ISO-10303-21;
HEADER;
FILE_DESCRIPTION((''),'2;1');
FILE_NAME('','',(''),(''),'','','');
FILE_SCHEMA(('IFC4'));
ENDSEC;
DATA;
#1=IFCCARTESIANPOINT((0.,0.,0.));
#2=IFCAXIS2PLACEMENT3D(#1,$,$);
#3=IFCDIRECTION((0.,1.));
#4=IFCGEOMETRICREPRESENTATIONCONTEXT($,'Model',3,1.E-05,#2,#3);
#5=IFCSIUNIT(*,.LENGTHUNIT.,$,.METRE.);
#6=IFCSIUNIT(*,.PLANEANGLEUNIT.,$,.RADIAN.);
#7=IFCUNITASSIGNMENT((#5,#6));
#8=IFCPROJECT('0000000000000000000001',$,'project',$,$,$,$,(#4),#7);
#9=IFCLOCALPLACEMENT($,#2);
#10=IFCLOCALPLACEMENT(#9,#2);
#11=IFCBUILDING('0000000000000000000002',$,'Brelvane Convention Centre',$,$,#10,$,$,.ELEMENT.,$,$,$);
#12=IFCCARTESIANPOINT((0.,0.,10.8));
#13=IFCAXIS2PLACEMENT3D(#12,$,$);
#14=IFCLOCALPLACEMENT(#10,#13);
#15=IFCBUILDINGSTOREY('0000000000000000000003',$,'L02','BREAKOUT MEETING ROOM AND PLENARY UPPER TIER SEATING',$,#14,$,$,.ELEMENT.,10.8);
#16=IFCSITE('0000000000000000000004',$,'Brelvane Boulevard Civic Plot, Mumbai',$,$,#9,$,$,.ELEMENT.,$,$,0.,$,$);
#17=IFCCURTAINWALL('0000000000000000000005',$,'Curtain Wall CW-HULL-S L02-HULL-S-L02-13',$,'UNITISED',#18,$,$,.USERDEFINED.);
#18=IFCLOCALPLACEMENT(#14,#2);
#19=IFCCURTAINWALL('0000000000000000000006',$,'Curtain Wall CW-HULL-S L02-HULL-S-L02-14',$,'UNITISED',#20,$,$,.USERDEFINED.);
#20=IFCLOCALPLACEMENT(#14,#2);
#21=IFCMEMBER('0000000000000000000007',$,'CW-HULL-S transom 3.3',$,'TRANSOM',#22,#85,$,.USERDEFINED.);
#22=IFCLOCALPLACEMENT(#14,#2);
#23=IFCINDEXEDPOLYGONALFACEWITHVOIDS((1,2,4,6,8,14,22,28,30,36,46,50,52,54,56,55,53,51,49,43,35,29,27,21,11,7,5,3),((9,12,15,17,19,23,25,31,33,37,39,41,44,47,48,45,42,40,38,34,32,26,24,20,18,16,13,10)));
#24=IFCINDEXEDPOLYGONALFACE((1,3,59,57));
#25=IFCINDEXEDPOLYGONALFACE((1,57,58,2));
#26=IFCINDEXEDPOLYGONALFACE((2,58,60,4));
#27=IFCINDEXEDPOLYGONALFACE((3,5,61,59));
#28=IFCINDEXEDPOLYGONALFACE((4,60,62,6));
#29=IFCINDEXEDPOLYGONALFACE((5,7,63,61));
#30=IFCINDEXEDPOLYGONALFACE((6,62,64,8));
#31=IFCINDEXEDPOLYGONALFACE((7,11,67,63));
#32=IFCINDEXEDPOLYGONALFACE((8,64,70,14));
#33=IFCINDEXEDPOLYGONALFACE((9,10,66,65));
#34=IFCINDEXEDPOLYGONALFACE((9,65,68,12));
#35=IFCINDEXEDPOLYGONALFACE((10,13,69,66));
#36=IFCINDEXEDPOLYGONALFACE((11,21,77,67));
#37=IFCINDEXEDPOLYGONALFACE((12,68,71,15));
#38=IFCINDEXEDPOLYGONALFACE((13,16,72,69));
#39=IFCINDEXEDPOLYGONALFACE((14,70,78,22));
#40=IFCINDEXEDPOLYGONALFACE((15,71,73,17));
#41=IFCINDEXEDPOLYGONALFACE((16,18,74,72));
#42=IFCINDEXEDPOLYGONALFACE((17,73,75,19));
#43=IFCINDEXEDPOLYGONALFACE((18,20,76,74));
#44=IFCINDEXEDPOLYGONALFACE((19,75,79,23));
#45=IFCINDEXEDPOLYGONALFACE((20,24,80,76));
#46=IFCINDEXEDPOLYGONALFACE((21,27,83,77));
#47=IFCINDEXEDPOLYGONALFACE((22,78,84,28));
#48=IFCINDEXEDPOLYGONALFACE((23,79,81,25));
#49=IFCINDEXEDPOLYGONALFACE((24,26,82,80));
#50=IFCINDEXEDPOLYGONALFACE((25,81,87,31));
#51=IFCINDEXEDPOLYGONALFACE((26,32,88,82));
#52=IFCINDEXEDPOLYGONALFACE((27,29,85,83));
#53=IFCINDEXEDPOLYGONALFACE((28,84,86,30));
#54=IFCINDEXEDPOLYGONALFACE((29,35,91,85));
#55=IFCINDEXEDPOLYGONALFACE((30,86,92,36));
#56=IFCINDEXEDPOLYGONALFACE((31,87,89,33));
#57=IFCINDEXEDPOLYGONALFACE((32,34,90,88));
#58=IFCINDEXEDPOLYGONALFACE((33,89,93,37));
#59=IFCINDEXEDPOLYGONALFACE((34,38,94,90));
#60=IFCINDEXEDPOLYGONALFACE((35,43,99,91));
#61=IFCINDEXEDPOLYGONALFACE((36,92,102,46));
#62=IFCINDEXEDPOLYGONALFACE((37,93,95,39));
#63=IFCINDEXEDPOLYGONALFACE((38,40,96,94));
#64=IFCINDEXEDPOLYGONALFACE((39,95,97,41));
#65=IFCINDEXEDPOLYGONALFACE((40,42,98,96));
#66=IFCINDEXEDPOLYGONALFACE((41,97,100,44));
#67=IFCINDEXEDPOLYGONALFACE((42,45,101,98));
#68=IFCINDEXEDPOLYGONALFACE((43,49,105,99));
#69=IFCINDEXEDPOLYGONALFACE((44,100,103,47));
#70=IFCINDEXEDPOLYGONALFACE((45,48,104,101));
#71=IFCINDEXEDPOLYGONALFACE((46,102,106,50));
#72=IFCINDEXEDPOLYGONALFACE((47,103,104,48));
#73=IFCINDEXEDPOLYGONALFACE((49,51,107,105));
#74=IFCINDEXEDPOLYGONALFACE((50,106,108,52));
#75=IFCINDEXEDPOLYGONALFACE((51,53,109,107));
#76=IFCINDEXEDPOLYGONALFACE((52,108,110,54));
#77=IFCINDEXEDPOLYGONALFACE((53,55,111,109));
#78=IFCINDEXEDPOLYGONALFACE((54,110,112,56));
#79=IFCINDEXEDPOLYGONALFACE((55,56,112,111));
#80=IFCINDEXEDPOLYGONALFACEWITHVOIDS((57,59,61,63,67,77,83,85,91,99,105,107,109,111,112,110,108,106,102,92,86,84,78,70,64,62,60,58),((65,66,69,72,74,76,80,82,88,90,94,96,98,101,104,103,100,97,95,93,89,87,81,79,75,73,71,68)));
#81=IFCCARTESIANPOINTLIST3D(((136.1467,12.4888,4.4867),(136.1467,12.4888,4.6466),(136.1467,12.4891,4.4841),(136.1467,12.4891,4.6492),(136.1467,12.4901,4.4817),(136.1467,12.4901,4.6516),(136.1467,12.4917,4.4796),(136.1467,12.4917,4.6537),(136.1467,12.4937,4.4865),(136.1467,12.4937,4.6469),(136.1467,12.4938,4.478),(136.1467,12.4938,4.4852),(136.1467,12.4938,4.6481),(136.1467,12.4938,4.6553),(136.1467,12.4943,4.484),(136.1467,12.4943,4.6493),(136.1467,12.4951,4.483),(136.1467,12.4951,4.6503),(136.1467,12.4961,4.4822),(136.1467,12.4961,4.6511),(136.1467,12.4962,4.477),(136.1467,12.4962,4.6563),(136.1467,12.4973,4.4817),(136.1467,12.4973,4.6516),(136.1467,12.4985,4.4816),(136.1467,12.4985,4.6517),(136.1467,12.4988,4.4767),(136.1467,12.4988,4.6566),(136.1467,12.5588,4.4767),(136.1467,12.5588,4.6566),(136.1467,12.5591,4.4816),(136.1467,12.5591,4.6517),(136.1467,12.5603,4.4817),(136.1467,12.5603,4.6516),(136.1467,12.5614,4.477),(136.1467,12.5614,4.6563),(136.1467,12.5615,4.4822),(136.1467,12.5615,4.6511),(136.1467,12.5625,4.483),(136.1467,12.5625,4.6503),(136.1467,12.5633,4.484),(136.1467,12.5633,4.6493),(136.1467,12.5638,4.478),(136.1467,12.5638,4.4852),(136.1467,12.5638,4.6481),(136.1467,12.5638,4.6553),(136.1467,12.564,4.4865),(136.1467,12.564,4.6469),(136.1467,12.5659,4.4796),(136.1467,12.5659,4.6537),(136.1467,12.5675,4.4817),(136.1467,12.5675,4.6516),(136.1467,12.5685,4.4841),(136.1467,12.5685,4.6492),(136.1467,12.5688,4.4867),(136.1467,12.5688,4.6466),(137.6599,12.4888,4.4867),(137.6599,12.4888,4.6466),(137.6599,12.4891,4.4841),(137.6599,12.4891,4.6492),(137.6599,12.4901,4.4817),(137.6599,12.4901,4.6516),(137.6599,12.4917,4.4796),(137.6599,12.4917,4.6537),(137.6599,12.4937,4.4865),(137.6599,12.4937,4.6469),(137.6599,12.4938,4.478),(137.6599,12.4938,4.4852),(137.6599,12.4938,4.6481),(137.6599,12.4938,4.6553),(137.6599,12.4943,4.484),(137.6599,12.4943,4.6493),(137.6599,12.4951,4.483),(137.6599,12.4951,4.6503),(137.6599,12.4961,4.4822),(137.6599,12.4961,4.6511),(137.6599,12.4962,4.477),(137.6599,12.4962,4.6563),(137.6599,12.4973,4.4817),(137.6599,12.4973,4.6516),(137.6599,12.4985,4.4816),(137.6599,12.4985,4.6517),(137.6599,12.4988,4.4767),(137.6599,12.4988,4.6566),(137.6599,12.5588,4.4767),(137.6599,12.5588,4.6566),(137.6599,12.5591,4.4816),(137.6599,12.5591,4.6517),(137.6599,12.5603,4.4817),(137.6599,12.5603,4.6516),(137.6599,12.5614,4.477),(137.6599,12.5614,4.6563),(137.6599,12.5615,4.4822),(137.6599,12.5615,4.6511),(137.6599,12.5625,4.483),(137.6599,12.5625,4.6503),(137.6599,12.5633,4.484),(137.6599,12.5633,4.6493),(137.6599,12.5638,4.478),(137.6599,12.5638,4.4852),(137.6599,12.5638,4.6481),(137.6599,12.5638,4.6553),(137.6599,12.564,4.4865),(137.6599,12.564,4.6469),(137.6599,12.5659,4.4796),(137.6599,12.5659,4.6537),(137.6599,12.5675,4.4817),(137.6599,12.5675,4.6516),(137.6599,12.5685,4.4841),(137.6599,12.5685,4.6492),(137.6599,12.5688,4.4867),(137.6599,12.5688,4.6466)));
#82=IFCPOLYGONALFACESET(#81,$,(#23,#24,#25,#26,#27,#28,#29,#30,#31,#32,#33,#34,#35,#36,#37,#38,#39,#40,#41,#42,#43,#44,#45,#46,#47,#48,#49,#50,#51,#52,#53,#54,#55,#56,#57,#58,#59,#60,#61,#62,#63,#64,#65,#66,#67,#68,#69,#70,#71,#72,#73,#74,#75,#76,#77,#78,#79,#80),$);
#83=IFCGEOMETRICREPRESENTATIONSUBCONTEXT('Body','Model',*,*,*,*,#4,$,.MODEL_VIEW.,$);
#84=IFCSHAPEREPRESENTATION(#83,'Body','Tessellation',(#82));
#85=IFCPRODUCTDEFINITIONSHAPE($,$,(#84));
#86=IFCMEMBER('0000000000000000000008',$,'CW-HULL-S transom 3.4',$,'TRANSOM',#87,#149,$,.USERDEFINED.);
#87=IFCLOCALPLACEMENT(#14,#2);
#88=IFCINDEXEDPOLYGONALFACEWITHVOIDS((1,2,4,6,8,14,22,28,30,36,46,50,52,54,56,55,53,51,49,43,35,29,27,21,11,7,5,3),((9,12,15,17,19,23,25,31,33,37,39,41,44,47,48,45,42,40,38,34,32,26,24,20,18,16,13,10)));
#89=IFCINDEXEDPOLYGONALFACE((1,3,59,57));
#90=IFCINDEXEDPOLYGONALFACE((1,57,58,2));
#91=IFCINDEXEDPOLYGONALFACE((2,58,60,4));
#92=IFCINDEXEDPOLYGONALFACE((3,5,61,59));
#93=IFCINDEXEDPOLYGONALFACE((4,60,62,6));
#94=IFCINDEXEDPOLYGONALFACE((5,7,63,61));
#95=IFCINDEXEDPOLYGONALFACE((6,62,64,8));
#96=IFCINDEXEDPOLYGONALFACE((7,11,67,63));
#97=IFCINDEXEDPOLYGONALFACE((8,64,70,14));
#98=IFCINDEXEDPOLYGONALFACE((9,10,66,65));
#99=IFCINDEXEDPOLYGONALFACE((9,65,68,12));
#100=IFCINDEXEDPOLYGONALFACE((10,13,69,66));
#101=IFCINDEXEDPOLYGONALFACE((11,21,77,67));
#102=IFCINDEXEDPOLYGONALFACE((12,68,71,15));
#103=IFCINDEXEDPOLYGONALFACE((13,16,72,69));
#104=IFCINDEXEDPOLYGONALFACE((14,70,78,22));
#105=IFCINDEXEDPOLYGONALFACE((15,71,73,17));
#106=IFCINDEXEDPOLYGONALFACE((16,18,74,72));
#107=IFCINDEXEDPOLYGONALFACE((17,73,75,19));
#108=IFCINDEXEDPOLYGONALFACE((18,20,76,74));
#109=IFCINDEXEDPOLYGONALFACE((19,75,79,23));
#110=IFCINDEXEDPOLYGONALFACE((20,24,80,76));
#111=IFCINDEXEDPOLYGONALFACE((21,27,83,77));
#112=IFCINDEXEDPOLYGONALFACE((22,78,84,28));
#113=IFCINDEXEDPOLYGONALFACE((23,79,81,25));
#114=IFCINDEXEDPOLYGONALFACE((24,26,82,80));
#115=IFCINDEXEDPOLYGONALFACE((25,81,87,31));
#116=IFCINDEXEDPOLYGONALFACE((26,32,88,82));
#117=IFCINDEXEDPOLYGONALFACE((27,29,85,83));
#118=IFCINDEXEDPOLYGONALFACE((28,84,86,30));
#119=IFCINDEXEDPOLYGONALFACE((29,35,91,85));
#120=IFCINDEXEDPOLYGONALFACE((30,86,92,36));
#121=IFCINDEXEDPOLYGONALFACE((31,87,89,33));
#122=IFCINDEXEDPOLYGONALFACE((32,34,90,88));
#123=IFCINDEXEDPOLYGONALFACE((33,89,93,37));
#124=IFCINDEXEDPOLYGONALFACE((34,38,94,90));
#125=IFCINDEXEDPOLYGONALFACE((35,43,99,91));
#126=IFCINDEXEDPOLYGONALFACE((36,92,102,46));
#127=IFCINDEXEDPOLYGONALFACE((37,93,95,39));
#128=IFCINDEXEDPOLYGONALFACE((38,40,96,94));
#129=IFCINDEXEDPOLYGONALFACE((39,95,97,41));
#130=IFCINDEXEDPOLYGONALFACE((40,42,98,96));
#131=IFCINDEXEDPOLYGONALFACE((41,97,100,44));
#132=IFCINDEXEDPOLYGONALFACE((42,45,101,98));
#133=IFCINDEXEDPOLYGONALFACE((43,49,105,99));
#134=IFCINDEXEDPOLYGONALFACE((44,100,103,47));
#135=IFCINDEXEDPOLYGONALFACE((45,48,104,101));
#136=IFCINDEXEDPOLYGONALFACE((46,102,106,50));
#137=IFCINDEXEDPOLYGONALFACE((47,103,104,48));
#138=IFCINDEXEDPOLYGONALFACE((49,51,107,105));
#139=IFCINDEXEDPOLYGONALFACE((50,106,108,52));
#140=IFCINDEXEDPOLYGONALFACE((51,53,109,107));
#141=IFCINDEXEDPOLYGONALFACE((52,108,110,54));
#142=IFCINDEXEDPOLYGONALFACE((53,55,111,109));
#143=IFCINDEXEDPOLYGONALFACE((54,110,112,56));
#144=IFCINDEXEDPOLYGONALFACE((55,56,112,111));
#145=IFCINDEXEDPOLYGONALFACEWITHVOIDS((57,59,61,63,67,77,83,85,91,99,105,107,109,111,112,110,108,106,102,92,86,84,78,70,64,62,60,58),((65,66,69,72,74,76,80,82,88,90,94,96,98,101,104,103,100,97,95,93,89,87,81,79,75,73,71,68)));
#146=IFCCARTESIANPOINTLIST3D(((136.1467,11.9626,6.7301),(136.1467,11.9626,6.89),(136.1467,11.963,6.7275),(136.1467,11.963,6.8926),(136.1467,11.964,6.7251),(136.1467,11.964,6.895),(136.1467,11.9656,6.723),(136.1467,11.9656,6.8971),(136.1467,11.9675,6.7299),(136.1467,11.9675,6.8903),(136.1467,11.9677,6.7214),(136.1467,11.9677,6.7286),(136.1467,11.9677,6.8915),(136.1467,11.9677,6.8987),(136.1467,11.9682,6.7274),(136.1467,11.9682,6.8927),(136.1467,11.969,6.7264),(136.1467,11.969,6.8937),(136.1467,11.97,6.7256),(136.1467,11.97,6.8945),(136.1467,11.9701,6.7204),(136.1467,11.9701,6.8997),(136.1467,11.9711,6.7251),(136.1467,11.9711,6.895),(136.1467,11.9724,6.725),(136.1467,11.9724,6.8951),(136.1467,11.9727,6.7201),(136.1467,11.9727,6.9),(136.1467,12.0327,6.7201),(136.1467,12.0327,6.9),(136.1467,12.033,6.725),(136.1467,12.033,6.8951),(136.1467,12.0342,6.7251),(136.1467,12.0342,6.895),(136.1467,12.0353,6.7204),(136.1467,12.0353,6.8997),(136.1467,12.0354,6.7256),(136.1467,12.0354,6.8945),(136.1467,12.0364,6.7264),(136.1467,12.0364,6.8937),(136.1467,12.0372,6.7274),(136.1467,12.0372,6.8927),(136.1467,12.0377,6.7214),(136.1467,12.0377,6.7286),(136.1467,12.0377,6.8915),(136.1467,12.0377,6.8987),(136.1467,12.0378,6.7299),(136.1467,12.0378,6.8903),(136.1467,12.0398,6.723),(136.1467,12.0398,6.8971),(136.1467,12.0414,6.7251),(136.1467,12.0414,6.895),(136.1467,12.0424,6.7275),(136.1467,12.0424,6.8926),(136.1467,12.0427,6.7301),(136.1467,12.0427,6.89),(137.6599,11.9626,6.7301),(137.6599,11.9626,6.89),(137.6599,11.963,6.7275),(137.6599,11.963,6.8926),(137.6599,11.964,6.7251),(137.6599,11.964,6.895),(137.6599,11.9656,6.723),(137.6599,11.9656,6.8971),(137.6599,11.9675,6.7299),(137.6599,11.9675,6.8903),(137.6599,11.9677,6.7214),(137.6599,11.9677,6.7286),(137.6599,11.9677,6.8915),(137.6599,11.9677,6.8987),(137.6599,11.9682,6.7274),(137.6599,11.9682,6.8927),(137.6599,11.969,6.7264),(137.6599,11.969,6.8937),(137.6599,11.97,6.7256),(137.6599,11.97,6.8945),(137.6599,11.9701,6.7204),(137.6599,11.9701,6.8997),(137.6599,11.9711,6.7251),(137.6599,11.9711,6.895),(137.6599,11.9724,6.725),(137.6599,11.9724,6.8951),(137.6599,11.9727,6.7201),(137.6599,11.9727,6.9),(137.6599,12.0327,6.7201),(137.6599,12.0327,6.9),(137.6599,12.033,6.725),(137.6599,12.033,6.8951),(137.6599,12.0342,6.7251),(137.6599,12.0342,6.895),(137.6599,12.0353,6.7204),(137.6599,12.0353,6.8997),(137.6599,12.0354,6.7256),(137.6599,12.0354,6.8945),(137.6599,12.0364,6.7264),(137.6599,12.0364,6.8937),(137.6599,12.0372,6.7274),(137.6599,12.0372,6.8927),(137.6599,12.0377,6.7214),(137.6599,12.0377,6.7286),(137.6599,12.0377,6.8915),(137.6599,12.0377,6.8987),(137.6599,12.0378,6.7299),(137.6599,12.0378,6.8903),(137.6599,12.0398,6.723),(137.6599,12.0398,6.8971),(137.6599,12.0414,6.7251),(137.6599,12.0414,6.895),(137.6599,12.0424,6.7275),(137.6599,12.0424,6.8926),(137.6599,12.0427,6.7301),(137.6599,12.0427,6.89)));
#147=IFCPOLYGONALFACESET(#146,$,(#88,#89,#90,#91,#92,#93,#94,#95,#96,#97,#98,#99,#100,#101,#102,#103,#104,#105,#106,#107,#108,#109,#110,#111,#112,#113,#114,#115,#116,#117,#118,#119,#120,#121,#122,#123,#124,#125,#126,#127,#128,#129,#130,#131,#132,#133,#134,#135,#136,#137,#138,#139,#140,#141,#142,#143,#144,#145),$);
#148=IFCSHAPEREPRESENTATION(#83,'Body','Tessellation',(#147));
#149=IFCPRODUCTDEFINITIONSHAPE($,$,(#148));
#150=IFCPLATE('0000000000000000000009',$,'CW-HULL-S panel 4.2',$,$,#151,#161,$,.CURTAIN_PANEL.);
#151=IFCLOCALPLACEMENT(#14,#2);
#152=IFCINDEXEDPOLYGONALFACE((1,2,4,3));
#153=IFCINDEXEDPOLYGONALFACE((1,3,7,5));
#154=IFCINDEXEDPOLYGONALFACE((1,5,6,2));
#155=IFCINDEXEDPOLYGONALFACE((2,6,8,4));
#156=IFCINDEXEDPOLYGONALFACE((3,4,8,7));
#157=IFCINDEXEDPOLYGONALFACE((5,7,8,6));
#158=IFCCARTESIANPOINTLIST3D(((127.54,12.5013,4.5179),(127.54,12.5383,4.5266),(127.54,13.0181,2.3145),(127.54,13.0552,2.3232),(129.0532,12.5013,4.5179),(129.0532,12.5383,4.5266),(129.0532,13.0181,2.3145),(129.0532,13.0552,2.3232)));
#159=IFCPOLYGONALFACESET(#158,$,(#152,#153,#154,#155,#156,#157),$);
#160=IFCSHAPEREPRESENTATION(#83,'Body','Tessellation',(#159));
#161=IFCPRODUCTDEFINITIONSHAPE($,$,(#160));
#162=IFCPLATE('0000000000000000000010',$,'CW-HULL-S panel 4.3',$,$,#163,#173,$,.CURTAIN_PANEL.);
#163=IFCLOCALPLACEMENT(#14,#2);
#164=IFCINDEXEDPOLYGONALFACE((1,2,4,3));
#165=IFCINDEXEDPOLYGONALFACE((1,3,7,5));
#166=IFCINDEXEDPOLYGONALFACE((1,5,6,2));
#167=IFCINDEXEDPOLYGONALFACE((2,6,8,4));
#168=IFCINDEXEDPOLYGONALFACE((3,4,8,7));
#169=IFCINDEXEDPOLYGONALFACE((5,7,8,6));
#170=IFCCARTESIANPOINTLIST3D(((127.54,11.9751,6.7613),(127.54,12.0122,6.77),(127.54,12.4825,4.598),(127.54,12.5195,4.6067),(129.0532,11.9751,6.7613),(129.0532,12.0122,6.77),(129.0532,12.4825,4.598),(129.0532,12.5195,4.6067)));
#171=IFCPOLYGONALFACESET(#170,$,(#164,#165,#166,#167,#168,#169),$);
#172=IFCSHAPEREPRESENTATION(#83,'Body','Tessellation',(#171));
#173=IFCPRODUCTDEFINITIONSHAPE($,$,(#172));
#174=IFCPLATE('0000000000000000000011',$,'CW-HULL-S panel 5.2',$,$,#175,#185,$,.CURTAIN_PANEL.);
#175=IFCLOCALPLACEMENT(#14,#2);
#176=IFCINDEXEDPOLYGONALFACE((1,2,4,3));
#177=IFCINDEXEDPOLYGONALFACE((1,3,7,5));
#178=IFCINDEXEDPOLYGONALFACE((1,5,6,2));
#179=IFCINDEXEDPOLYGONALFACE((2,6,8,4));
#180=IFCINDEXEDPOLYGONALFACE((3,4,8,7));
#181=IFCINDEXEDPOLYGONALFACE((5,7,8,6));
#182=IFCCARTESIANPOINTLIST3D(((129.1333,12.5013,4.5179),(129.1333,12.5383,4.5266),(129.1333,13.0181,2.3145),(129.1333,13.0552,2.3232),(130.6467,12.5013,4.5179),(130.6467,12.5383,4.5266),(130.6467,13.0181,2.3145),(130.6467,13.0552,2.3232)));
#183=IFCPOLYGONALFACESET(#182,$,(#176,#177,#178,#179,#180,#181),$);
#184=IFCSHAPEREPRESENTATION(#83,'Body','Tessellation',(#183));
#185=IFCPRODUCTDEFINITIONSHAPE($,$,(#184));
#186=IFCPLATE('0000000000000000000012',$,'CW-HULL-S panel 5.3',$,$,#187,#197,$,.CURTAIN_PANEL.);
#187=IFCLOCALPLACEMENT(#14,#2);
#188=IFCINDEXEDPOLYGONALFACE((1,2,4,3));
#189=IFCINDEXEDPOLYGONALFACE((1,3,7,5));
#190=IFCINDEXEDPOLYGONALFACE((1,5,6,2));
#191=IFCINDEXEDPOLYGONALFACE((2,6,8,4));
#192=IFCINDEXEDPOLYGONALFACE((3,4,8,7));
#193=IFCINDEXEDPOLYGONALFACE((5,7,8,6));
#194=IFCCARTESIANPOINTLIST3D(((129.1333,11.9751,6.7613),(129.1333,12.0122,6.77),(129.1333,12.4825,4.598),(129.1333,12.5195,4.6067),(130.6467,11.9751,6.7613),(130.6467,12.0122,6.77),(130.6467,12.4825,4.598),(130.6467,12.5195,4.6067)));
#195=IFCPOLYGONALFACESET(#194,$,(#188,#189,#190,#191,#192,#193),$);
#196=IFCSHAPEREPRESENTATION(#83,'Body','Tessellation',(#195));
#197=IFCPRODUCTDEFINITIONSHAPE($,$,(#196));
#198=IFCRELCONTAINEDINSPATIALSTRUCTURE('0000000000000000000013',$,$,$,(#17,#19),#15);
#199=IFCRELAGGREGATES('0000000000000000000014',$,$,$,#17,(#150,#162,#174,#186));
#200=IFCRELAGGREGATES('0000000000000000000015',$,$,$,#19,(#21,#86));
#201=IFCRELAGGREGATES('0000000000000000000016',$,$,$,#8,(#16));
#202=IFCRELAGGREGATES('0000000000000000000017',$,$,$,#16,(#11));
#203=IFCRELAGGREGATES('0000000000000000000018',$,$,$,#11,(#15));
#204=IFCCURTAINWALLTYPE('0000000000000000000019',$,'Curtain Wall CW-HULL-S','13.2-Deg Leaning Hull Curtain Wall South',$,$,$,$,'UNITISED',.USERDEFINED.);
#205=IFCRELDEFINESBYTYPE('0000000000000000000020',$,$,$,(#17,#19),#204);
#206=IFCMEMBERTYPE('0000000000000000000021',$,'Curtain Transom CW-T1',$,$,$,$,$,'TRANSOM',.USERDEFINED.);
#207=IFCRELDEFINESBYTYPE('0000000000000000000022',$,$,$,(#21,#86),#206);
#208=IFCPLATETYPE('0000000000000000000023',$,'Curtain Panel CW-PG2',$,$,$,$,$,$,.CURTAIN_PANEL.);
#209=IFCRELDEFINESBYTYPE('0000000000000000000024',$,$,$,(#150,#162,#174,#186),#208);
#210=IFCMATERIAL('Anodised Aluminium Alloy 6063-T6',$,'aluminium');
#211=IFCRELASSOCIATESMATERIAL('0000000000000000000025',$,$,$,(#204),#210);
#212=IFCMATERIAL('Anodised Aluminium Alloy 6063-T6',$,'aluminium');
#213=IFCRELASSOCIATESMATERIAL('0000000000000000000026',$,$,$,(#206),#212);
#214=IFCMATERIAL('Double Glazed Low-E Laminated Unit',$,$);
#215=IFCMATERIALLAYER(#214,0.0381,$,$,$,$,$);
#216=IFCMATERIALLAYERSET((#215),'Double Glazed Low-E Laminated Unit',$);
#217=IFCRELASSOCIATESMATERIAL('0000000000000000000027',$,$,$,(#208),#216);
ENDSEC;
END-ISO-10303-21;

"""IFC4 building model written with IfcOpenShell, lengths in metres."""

from ifc_helpers import new_model, si_unit, direction, frame, origin, origin_2d, place, context, subcontext, project, spatial, polyline, hollow_rectangle, outline, extrude, material, layer, layer_set, material_profile, profile_set, type_object, element, aggregate, save


model = new_model("IFC4")

# Units and contexts
model_context = context("Model", 3, precision=1e-05, world=origin(), true_north=direction((0.0, 1.0)))
body_context = subcontext(model_context, "Body", "Model", "MODEL_VIEW")
ifc_project = project(units=[si_unit("LENGTHUNIT", "METRE"), si_unit("PLANEANGLEUNIT", "RADIAN")], contexts=[model_context])

# Site, building, storey
site_placement = place(None, origin())
site = spatial("IfcSite", under=ifc_project, at=site_placement, Name="Brelvane Boulevard Civic Plot, Mumbai", CompositionType="ELEMENT", RefElevation=0.0)
building_placement = place(site_placement, origin())
building = spatial("IfcBuilding", under=site, at=building_placement, Name="Brelvane Convention Centre", CompositionType="ELEMENT")
storey_placement = place(building_placement, frame((0.0, 0.0, 10.8)))
storey = spatial("IfcBuildingStorey", under=building, at=storey_placement, Name="L02", Description="BREAKOUT MEETING ROOM AND PLENARY UPPER TIER SEATING", CompositionType="ELEMENT", Elevation=10.8)

# Curtain walls, members
ifc_material_1 = material(Name="Anodised Aluminium Alloy 6063-T6", Category="aluminium")
curtain_wall_type = type_object("IfcCurtainWallType", Name="Curtain Wall CW-HULL-S", Description="13.2-Deg Leaning Hull Curtain Wall South", ElementType="UNITISED", PredefinedType="USERDEFINED", material=ifc_material_1)
curtain_wall_1_placement = place(storey_placement, origin())
curtain_wall_1 = element("IfcCurtainWall", 1, at=curtain_wall_1_placement, inside=storey, type_object=curtain_wall_type, Name="Curtain Wall CW-HULL-S L02-HULL-S-L02-13", ObjectType="UNITISED", PredefinedType="USERDEFINED")
ifc_material_2 = material(Name="Anodised Aluminium Alloy 6063-T6", Category="aluminium")
ifc_material_profile = material_profile(ifc_material_2, hollow_rectangle(XDim=0.0801, YDim=0.1799, WallThickness=0.0049, InnerFilletRadius=0.0049, OuterFilletRadius=0.01, at=origin_2d()), Name="ALU-T 180x80x5.0")
ifc_profile_set = profile_set([ifc_material_profile], Name="Anodised Aluminium Alloy 6063-T6")
member_type = type_object("IfcMemberType", Name="Curtain Transom CW-T1", ElementType="TRANSOM", PredefinedType="USERDEFINED", material=ifc_profile_set)
curtain_wall_2_placement = place(storey_placement, origin())
curtain_wall_2 = element("IfcCurtainWall", 2, at=curtain_wall_2_placement, inside=storey, type_object=curtain_wall_type, Name="Curtain Wall CW-HULL-S L02-HULL-S-L02-14", ObjectType="UNITISED", PredefinedType="USERDEFINED")
member_1_placement = place(storey_placement, frame((136.1467, 12.5288, 4.5667), z_axis=(1.0, 0.0, 0.0), x_axis=(0.0, 1.0, 0.0)))
member_1 = element("IfcMember", 3, at=member_1_placement, type_object=member_type, Name="CW-HULL-S transom 3.3", ObjectType="TRANSOM", PredefinedType="USERDEFINED", context=body_context, shape_type="SweptSolid", body=[
    extrude(hollow_rectangle(XDim=0.0801, YDim=0.1799, WallThickness=0.0049, InnerFilletRadius=0.0049, OuterFilletRadius=0.01, at=origin_2d()), origin(), (0.0, 0.0, 1.0), 1.5132),
])
member_2_placement = place(storey_placement, frame((136.1467, 12.0027, 6.8101), z_axis=(1.0, 0.0, 0.0), x_axis=(0.0, 1.0, 0.0)))
member_2 = element("IfcMember", 4, at=member_2_placement, type_object=member_type, Name="CW-HULL-S transom 3.4", ObjectType="TRANSOM", PredefinedType="USERDEFINED", context=body_context, shape_type="SweptSolid", body=[
    extrude(hollow_rectangle(XDim=0.0801, YDim=0.1799, WallThickness=0.0049, InnerFilletRadius=0.0049, OuterFilletRadius=0.01, at=origin_2d()), origin(), (0.0, 0.0, 1.0), 1.5132),
])

# Plates
ifc_material_3 = material(Name="Double Glazed Low-E Laminated Unit")
ifc_layer_1 = layer(ifc_material_3, 0.0381)
ifc_layer_set_1 = layer_set([ifc_layer_1], Name="Double Glazed Low-E Laminated Unit")
plate_type_1 = type_object("IfcPlateType", Name="Curtain Panel CW-PG2", PredefinedType="CURTAIN_PANEL", material=ifc_layer_set_1)
plate_1_placement = place(storey_placement, frame((127.54, 13.0552, 2.3232), z_axis=(0.0, 0.973574, 0.228372), x_axis=(1.0, 0.0, 0.0)))
plate_1 = element("IfcPlate", 5, at=plate_1_placement, type_object=plate_type_1, Name="CW-HULL-S panel 4.2", PredefinedType="CURTAIN_PANEL", context=body_context, shape_type="SweptSolid", body=[
    extrude(outline(polyline([(0.0, 0.0), (1.5132, 0.0), (1.5132, -2.2632), (0.0, -2.2632), (0.0, 0.0)])), origin(), (0.0, 0.0, -1.0), 0.0381),
])
plate_2_placement = place(storey_placement, frame((127.54, 12.5195, 4.6067), z_axis=(0.0, 0.973587, 0.228317), x_axis=(1.0, 0.0, 0.0)))
plate_2 = element("IfcPlate", 6, at=plate_2_placement, type_object=plate_type_1, Name="CW-HULL-S panel 4.3", PredefinedType="CURTAIN_PANEL", context=body_context, shape_type="SweptSolid", body=[
    extrude(outline(polyline([(0.0, 0.0), (1.5132, 0.0), (1.5132, -2.222), (0.0, -2.222), (0.0, 0.0)])), origin(), (0.0, 0.0, -1.0), 0.0381),
])
plate_3_placement = place(storey_placement, frame((129.1333, 13.0552, 2.3232), z_axis=(0.0, 0.973574, 0.228372), x_axis=(1.0, 0.0, 0.0)))
plate_3 = element("IfcPlate", 7, at=plate_3_placement, type_object=plate_type_1, Name="CW-HULL-S panel 5.2", PredefinedType="CURTAIN_PANEL", context=body_context, shape_type="SweptSolid", body=[
    extrude(outline(polyline([(0.0, 0.0), (1.5134, 0.0), (1.5134, -2.2632), (0.0, -2.2632), (0.0, 0.0)])), origin(), (0.0, 0.0, -1.0), 0.0381),
])
plate_4_placement = place(storey_placement, frame((129.1333, 12.5195, 4.6067), z_axis=(0.0, 0.973587, 0.228317), x_axis=(1.0, 0.0, 0.0)))
plate_4 = element("IfcPlate", 8, at=plate_4_placement, type_object=plate_type_1, Name="CW-HULL-S panel 5.3", PredefinedType="CURTAIN_PANEL", context=body_context, shape_type="SweptSolid", body=[
    extrude(outline(polyline([(0.0, 0.0), (1.5134, 0.0), (1.5134, -2.222), (0.0, -2.222), (0.0, 0.0)])), origin(), (0.0, 0.0, -1.0), 0.0381),
])
aggregate(curtain_wall_1, [plate_1, plate_2, plate_3, plate_4])
aggregate(curtain_wall_2, [member_1, member_2])

save(model, "model.ifc")
